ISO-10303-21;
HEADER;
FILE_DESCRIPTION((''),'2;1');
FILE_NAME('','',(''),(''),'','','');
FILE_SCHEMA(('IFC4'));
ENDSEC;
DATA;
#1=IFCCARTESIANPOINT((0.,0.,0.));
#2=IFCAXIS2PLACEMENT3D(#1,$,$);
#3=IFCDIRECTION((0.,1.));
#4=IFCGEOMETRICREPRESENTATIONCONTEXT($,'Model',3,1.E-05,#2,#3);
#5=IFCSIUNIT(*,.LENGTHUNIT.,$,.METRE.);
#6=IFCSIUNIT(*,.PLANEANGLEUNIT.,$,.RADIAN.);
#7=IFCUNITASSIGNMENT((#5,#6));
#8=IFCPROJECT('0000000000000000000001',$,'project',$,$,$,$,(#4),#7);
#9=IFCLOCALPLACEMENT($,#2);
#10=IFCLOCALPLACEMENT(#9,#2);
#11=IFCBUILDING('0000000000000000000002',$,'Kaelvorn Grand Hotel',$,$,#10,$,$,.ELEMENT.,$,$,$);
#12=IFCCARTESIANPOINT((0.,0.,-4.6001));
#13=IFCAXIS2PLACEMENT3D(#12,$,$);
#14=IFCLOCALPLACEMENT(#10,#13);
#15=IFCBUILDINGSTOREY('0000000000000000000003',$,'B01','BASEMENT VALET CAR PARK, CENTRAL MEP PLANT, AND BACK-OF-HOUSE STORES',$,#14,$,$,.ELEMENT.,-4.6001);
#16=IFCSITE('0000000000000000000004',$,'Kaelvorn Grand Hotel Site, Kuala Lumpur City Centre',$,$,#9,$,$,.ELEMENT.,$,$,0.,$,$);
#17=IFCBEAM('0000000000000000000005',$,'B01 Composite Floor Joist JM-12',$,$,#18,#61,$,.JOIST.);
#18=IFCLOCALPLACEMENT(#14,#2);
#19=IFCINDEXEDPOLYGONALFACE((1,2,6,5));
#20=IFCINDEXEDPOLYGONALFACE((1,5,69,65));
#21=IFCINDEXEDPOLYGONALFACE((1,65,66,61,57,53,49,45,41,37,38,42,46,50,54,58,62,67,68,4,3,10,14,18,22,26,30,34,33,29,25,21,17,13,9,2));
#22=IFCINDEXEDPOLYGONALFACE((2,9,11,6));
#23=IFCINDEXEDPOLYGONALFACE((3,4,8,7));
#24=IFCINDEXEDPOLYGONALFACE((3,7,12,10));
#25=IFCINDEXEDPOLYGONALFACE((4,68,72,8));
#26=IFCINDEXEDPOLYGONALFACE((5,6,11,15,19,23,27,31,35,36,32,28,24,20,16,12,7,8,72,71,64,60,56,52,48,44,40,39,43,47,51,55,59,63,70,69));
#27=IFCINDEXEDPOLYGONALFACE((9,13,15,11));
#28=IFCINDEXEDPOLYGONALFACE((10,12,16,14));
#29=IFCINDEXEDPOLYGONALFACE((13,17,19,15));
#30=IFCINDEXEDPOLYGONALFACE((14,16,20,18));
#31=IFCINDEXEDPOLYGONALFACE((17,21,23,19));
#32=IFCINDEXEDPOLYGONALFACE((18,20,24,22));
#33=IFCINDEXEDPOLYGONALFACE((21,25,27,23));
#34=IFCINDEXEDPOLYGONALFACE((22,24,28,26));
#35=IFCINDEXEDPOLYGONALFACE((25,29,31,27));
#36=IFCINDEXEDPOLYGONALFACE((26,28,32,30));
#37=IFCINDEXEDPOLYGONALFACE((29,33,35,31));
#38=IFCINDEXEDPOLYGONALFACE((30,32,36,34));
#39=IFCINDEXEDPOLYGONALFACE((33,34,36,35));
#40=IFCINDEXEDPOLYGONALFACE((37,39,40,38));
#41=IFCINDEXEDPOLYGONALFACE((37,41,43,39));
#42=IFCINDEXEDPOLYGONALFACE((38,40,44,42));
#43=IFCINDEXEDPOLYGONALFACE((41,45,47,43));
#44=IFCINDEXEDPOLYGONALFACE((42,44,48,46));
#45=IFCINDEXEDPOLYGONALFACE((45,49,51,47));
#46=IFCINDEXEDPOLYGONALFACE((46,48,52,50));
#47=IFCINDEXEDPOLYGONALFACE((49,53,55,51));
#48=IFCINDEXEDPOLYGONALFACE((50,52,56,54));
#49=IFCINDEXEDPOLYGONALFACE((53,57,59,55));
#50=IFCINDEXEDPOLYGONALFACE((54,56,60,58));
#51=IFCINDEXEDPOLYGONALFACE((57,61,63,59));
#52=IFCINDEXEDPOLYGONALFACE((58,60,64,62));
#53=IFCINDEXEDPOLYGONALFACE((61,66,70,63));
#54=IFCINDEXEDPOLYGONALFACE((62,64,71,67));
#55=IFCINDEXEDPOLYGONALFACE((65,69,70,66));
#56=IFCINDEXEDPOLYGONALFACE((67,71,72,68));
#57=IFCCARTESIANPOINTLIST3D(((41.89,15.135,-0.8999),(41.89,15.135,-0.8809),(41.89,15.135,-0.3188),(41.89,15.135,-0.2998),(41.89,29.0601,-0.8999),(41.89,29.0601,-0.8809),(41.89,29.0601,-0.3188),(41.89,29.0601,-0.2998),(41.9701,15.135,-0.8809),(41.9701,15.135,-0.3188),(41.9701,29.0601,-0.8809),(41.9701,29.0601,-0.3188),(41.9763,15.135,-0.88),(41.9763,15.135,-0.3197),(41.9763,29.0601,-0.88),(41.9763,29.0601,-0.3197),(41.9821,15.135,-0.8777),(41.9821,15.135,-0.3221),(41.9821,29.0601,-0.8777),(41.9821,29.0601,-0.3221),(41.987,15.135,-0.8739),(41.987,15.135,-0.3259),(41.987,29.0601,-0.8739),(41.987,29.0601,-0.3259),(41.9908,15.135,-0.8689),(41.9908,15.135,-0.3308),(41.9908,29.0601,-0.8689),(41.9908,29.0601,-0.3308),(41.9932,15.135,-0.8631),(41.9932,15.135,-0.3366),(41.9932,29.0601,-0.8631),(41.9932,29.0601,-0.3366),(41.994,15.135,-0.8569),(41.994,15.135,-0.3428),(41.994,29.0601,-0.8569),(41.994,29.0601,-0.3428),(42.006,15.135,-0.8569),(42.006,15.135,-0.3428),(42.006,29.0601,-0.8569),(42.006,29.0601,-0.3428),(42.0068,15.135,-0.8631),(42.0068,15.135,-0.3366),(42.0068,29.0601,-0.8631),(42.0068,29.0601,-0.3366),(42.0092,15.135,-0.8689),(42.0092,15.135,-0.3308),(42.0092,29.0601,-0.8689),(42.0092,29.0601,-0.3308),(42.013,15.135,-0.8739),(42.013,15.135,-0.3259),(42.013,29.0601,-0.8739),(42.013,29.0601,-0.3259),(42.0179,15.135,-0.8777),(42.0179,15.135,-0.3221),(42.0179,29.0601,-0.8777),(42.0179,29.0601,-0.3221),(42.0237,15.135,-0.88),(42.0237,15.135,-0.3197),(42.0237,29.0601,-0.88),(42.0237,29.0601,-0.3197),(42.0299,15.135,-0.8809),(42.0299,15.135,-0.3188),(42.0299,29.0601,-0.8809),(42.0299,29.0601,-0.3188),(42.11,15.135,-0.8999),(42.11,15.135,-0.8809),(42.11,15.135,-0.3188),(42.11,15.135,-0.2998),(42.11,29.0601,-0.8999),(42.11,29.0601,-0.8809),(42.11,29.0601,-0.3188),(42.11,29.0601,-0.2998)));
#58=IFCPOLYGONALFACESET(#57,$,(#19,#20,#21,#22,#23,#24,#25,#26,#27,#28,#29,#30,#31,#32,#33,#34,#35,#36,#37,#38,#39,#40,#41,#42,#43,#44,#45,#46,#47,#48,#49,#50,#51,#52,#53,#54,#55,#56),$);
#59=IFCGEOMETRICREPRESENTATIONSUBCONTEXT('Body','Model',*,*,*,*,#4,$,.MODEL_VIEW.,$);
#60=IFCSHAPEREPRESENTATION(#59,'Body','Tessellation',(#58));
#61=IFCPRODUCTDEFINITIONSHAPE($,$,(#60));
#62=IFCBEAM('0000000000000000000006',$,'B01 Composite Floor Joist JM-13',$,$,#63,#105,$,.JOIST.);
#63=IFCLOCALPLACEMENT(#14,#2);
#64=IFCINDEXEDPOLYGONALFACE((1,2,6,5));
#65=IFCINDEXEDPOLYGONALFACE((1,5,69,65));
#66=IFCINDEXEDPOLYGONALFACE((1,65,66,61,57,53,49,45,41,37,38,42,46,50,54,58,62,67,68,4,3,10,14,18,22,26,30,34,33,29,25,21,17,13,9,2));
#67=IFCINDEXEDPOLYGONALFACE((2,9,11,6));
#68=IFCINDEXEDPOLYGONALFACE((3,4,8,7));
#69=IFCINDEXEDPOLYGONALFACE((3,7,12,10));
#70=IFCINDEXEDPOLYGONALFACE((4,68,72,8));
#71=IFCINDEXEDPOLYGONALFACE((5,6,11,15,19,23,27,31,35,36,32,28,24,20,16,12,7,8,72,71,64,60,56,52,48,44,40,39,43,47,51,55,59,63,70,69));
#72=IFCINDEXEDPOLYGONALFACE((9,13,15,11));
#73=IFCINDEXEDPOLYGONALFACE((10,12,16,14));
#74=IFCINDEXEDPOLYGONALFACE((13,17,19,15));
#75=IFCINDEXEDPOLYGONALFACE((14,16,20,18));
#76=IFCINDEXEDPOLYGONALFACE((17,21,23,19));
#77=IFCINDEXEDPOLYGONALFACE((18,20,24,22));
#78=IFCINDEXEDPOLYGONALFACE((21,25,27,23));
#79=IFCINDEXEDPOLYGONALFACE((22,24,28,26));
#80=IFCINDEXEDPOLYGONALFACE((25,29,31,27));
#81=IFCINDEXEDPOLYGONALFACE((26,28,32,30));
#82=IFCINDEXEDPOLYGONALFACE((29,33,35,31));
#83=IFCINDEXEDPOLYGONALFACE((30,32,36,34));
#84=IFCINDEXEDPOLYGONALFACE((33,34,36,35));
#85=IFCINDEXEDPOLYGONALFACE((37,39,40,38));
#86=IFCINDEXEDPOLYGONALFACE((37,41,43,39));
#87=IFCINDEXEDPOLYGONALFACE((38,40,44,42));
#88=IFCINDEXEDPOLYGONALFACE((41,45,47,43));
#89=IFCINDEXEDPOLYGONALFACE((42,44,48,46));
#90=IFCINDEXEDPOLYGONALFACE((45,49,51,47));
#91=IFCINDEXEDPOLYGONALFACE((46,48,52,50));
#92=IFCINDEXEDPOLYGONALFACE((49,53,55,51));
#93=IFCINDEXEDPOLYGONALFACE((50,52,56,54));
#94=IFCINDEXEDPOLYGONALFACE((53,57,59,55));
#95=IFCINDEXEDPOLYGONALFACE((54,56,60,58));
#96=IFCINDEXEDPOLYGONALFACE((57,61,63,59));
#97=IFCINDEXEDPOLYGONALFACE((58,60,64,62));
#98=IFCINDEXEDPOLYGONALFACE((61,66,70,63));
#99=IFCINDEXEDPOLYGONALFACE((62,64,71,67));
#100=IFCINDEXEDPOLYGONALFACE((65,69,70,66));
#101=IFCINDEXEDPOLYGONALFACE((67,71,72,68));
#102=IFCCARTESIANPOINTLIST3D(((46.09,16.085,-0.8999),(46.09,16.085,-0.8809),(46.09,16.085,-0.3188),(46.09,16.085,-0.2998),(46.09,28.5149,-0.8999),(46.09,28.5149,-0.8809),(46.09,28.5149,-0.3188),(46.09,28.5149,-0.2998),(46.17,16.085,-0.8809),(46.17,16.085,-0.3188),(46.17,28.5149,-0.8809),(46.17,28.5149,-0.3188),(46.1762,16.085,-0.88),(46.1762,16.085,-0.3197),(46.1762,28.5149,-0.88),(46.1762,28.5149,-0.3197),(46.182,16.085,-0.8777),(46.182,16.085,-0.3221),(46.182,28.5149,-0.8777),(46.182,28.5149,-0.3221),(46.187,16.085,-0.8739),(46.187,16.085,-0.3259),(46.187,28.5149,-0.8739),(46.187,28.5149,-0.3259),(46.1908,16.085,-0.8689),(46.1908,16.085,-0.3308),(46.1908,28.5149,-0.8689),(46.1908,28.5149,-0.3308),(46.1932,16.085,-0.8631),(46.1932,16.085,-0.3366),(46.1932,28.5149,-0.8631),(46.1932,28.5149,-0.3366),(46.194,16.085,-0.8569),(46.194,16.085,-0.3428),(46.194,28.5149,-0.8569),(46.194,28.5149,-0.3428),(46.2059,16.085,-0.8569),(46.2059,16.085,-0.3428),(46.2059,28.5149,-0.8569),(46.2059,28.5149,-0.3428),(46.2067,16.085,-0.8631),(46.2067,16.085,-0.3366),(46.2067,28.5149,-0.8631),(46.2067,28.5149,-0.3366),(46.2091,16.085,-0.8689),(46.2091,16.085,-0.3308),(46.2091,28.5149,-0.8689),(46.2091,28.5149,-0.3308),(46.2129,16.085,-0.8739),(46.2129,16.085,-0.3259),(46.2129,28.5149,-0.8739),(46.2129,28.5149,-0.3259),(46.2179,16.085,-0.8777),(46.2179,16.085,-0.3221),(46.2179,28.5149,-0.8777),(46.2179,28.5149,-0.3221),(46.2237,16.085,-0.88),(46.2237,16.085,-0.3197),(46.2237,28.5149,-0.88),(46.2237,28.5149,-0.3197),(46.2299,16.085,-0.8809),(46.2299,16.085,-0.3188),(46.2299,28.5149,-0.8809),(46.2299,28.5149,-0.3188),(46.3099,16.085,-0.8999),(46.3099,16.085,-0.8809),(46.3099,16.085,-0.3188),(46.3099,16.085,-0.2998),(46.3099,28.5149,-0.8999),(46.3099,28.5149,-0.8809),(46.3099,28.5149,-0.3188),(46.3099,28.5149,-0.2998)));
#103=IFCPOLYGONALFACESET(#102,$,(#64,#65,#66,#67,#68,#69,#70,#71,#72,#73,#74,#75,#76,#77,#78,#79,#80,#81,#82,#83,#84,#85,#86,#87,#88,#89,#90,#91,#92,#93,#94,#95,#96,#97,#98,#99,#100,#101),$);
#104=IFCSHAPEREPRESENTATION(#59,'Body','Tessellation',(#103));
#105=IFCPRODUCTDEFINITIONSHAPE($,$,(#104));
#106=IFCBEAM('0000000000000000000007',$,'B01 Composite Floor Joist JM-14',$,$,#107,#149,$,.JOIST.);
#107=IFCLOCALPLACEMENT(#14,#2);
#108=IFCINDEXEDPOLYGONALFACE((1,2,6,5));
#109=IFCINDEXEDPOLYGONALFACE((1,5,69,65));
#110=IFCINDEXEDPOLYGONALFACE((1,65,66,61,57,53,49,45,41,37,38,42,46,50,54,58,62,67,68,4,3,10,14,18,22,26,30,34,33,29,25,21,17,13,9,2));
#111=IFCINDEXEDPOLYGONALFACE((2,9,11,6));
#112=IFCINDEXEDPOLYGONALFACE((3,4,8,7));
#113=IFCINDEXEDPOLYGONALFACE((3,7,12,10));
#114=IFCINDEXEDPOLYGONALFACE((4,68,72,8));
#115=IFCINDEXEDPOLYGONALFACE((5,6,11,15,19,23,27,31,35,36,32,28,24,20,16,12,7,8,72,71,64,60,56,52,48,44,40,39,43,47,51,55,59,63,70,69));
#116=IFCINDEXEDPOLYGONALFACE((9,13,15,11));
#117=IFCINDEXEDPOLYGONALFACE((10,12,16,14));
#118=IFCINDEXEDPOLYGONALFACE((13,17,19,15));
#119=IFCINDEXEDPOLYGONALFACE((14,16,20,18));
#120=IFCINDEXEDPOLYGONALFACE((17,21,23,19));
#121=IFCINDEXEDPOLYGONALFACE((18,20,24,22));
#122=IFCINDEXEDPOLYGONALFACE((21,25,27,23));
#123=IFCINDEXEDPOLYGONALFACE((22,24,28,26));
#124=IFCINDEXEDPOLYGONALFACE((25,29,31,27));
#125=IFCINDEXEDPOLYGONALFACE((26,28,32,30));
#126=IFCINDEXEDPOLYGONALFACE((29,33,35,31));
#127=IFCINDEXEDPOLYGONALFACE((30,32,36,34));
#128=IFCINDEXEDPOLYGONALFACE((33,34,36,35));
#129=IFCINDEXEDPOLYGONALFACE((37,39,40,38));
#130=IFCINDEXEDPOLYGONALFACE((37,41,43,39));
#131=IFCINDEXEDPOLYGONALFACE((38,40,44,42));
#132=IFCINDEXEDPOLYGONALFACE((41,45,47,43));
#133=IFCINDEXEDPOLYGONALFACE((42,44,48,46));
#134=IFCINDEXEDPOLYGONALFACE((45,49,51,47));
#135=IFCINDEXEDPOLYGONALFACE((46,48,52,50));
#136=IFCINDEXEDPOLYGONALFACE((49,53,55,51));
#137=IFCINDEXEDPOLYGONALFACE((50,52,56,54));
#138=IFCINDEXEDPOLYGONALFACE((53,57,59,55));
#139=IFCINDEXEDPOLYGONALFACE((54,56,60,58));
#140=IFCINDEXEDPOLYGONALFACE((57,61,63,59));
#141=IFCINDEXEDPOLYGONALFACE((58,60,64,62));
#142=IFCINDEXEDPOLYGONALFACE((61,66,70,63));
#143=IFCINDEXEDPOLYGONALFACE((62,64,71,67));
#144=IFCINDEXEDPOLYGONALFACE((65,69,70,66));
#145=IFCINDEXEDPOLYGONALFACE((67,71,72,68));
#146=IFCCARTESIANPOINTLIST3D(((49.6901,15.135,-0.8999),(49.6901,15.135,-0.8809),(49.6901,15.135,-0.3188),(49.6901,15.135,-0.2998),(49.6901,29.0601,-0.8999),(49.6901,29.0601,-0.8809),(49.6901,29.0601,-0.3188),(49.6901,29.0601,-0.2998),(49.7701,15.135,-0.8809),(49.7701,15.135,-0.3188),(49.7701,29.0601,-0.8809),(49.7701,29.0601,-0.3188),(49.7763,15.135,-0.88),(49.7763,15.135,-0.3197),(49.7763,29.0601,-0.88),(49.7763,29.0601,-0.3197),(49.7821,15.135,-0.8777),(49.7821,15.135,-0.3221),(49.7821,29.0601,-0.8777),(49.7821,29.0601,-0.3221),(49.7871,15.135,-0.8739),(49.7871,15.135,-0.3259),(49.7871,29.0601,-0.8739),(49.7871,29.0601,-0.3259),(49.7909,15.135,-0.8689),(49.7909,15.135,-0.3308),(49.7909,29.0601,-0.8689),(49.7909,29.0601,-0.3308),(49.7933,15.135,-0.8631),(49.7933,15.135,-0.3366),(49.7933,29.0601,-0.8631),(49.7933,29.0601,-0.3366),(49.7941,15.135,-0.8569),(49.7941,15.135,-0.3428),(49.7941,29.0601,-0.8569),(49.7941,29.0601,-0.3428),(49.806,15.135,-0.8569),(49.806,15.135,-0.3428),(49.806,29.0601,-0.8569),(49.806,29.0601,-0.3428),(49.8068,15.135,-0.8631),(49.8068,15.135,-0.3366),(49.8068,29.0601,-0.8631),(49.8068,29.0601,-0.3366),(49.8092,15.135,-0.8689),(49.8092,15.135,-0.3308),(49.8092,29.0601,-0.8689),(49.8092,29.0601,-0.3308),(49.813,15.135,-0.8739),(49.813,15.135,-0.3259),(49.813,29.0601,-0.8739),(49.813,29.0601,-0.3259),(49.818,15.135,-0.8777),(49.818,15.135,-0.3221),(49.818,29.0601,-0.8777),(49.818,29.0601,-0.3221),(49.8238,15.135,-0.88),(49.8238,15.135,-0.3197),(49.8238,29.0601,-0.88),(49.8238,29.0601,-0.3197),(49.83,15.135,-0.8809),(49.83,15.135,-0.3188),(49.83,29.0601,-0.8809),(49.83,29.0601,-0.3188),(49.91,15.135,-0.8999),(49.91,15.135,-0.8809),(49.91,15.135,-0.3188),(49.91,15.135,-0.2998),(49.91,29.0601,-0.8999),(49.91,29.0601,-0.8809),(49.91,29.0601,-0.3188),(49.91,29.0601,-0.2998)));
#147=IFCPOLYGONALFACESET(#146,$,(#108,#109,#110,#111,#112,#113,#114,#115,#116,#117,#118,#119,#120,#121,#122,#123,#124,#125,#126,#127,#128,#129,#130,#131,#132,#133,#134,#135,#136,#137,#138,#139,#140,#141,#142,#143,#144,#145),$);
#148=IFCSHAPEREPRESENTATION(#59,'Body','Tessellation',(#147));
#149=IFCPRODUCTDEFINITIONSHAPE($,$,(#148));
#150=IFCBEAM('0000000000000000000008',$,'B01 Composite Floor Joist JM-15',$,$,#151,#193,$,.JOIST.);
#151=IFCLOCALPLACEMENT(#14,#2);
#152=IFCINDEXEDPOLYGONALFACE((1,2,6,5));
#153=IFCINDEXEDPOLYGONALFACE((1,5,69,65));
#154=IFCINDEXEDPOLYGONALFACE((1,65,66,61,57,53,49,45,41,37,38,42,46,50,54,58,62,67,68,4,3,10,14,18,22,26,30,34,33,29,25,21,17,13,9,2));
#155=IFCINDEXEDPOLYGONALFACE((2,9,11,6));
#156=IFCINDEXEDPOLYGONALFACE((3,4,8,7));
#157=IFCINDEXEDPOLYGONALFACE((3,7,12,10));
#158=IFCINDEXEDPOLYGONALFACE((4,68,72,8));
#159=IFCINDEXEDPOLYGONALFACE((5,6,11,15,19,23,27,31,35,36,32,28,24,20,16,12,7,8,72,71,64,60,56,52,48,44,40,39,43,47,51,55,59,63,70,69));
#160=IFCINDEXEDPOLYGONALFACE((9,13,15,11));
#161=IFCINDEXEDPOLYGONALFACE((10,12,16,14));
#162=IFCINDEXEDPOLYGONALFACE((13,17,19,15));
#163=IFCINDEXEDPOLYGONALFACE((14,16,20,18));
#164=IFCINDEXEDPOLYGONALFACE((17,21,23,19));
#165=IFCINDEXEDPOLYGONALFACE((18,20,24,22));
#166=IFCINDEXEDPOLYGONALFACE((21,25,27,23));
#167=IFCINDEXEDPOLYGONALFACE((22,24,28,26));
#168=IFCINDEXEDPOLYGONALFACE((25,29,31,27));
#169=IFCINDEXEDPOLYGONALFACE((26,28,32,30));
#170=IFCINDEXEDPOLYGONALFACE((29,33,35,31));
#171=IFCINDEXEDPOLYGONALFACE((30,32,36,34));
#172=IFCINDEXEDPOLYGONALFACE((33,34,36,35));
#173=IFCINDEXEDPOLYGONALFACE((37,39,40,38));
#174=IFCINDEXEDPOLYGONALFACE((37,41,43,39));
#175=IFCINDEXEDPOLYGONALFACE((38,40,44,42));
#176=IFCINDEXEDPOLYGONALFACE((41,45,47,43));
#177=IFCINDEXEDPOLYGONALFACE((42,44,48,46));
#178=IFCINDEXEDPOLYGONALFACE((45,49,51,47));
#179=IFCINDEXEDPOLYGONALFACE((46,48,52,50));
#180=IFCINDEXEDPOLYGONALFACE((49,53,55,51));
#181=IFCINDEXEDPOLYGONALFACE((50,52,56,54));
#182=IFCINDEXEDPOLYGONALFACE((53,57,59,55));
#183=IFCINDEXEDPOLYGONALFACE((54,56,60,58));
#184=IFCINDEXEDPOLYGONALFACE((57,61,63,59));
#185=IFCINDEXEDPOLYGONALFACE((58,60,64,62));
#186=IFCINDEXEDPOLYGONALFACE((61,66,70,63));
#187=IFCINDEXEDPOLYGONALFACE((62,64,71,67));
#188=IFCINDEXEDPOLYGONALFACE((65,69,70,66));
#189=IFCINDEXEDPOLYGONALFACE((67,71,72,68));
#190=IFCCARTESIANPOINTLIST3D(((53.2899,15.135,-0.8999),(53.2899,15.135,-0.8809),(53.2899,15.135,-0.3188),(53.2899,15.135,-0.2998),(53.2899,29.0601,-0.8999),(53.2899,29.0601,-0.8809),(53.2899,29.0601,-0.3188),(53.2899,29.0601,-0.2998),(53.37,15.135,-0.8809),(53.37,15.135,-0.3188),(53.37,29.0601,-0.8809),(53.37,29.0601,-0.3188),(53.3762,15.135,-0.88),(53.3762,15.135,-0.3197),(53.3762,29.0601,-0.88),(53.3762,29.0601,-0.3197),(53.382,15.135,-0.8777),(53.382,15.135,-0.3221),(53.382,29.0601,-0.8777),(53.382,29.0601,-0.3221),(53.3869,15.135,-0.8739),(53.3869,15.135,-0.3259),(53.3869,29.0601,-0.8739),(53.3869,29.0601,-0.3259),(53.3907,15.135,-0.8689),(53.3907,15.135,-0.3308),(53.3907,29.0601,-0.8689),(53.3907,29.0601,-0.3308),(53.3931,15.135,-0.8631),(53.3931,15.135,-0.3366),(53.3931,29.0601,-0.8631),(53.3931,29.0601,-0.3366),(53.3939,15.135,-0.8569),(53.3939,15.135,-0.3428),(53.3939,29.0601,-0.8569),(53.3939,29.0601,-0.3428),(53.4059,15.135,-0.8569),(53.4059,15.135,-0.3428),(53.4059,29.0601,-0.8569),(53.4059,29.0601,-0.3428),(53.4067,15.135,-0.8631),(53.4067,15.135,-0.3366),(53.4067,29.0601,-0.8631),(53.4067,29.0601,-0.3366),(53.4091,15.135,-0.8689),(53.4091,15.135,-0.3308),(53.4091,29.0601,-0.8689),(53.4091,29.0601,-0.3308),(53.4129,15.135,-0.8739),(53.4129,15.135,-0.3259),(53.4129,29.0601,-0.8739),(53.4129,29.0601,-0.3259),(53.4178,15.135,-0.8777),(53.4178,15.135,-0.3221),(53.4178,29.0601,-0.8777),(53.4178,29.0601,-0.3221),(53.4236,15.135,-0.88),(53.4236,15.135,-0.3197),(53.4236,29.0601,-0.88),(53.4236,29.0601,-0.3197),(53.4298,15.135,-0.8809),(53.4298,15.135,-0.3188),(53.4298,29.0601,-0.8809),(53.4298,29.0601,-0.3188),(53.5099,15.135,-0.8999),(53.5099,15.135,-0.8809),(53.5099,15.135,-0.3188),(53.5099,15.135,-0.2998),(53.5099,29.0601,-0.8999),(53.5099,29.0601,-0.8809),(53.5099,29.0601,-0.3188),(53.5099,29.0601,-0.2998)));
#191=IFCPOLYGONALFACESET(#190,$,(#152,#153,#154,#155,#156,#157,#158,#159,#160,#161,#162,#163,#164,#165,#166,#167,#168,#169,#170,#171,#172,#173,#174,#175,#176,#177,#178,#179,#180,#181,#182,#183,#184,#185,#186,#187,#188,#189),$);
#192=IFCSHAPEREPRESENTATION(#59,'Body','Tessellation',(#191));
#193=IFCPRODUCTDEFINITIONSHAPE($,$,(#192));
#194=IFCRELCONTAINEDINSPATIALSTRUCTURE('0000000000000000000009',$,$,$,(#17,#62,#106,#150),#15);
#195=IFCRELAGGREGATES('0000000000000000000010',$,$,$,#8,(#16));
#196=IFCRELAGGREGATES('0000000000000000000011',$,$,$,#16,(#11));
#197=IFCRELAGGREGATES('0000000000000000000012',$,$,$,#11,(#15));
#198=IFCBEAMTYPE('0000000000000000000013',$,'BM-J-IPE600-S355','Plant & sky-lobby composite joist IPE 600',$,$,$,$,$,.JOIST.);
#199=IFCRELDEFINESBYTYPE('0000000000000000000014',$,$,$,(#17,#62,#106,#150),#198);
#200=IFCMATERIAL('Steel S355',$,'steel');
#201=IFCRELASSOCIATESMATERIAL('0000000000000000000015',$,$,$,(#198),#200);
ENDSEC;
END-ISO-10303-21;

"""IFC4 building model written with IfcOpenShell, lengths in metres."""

from ifc_helpers import new_model, si_unit, direction, frame, origin, origin_2d, place, context, subcontext, project, spatial, i_section, extrude, material, material_profile, profile_set, type_object, element, save


model = new_model("IFC4")

# Units and contexts
model_context = context("Model", 3, precision=1e-05, world=origin(), true_north=direction((0.0, 1.0)))
body_context = subcontext(model_context, "Body", "Model", "MODEL_VIEW")
ifc_project = project(units=[si_unit("LENGTHUNIT", "METRE"), si_unit("PLANEANGLEUNIT", "RADIAN")], contexts=[model_context])

# Site, building, storey
site_placement = place(None, origin())
site = spatial("IfcSite", under=ifc_project, at=site_placement, Name="Kaelvorn Grand Hotel Site, Kuala Lumpur City Centre", CompositionType="ELEMENT", RefElevation=0.0)
building_placement = place(site_placement, origin())
building = spatial("IfcBuilding", under=site, at=building_placement, Name="Kaelvorn Grand Hotel", CompositionType="ELEMENT")
storey_placement = place(building_placement, frame((0.0, 0.0, -4.6001)))
storey = spatial("IfcBuildingStorey", under=building, at=storey_placement, Name="B01", Description="BASEMENT VALET CAR PARK, CENTRAL MEP PLANT, AND BACK-OF-HOUSE STORES", CompositionType="ELEMENT", Elevation=-4.6001)

# Beams
ifc_material_1 = material(Name="Steel S355", Category="steel")
ifc_material_profile_1 = material_profile(ifc_material_1, i_section(OverallWidth=0.22, OverallDepth=0.6001, WebThickness=0.012, FlangeThickness=0.019, FilletRadius=0.0239, at=origin_2d()), Name="IPE 600")
ifc_profile_set_1 = profile_set([ifc_material_profile_1], Name="Steel S355")
beam_type_1 = type_object("IfcBeamType", Name="BM-J-IPE600-S355", Description="Plant & sky-lobby composite joist IPE 600", PredefinedType="JOIST", material=ifc_profile_set_1)
beam_1_placement = place(storey_placement, frame((42.0, 15.135, -0.5999), z_axis=(0.0, 1.0, 0.0), x_axis=(-1.0, 0.0, 0.0)))
element("IfcBeam", 1, at=beam_1_placement, inside=storey, type_object=beam_type_1, Name="B01 Composite Floor Joist JM-12", PredefinedType="JOIST", context=body_context, shape_type="SweptSolid", body=[
    extrude(i_section(OverallWidth=0.22, OverallDepth=0.6001, WebThickness=0.012, FlangeThickness=0.019, FilletRadius=0.0239, at=origin_2d()), origin(), (0.0, 0.0, 1.0), 13.925),
])
beam_2_placement = place(storey_placement, frame((46.2, 16.085, -0.5999), z_axis=(0.0, 1.0, 0.0), x_axis=(-1.0, 0.0, 0.0)))
element("IfcBeam", 2, at=beam_2_placement, inside=storey, type_object=beam_type_1, Name="B01 Composite Floor Joist JM-13", PredefinedType="JOIST", context=body_context, shape_type="SweptSolid", body=[
    extrude(i_section(OverallWidth=0.22, OverallDepth=0.6001, WebThickness=0.012, FlangeThickness=0.019, FilletRadius=0.0239, at=origin_2d()), origin(), (0.0, 0.0, 1.0), 12.4299),
])
for number, where, z_axis, x_axis, name in (
    (3, (49.8, 15.135, -0.5999), (0.0, 1.0, 0.0), (-1.0, 0.0, 0.0), "B01 Composite Floor Joist JM-14"),
    (4, (53.3999, 15.135, -0.5999), (0.0, 1.0, 0.0), (-1.0, 0.0, 0.0), "B01 Composite Floor Joist JM-15"),
):
    element("IfcBeam", number, at=place(storey_placement, frame(where, z_axis=z_axis, x_axis=x_axis)), inside=storey, type_object=beam_type_1, Name=name, PredefinedType="JOIST", context=body_context, shape_type="SweptSolid", body=[
        extrude(i_section(OverallWidth=0.22, OverallDepth=0.6001, WebThickness=0.012, FlangeThickness=0.019, FilletRadius=0.0239, at=origin_2d()), origin(), (0.0, 0.0, 1.0), 13.925),
    ])

save(model, "model.ifc")
